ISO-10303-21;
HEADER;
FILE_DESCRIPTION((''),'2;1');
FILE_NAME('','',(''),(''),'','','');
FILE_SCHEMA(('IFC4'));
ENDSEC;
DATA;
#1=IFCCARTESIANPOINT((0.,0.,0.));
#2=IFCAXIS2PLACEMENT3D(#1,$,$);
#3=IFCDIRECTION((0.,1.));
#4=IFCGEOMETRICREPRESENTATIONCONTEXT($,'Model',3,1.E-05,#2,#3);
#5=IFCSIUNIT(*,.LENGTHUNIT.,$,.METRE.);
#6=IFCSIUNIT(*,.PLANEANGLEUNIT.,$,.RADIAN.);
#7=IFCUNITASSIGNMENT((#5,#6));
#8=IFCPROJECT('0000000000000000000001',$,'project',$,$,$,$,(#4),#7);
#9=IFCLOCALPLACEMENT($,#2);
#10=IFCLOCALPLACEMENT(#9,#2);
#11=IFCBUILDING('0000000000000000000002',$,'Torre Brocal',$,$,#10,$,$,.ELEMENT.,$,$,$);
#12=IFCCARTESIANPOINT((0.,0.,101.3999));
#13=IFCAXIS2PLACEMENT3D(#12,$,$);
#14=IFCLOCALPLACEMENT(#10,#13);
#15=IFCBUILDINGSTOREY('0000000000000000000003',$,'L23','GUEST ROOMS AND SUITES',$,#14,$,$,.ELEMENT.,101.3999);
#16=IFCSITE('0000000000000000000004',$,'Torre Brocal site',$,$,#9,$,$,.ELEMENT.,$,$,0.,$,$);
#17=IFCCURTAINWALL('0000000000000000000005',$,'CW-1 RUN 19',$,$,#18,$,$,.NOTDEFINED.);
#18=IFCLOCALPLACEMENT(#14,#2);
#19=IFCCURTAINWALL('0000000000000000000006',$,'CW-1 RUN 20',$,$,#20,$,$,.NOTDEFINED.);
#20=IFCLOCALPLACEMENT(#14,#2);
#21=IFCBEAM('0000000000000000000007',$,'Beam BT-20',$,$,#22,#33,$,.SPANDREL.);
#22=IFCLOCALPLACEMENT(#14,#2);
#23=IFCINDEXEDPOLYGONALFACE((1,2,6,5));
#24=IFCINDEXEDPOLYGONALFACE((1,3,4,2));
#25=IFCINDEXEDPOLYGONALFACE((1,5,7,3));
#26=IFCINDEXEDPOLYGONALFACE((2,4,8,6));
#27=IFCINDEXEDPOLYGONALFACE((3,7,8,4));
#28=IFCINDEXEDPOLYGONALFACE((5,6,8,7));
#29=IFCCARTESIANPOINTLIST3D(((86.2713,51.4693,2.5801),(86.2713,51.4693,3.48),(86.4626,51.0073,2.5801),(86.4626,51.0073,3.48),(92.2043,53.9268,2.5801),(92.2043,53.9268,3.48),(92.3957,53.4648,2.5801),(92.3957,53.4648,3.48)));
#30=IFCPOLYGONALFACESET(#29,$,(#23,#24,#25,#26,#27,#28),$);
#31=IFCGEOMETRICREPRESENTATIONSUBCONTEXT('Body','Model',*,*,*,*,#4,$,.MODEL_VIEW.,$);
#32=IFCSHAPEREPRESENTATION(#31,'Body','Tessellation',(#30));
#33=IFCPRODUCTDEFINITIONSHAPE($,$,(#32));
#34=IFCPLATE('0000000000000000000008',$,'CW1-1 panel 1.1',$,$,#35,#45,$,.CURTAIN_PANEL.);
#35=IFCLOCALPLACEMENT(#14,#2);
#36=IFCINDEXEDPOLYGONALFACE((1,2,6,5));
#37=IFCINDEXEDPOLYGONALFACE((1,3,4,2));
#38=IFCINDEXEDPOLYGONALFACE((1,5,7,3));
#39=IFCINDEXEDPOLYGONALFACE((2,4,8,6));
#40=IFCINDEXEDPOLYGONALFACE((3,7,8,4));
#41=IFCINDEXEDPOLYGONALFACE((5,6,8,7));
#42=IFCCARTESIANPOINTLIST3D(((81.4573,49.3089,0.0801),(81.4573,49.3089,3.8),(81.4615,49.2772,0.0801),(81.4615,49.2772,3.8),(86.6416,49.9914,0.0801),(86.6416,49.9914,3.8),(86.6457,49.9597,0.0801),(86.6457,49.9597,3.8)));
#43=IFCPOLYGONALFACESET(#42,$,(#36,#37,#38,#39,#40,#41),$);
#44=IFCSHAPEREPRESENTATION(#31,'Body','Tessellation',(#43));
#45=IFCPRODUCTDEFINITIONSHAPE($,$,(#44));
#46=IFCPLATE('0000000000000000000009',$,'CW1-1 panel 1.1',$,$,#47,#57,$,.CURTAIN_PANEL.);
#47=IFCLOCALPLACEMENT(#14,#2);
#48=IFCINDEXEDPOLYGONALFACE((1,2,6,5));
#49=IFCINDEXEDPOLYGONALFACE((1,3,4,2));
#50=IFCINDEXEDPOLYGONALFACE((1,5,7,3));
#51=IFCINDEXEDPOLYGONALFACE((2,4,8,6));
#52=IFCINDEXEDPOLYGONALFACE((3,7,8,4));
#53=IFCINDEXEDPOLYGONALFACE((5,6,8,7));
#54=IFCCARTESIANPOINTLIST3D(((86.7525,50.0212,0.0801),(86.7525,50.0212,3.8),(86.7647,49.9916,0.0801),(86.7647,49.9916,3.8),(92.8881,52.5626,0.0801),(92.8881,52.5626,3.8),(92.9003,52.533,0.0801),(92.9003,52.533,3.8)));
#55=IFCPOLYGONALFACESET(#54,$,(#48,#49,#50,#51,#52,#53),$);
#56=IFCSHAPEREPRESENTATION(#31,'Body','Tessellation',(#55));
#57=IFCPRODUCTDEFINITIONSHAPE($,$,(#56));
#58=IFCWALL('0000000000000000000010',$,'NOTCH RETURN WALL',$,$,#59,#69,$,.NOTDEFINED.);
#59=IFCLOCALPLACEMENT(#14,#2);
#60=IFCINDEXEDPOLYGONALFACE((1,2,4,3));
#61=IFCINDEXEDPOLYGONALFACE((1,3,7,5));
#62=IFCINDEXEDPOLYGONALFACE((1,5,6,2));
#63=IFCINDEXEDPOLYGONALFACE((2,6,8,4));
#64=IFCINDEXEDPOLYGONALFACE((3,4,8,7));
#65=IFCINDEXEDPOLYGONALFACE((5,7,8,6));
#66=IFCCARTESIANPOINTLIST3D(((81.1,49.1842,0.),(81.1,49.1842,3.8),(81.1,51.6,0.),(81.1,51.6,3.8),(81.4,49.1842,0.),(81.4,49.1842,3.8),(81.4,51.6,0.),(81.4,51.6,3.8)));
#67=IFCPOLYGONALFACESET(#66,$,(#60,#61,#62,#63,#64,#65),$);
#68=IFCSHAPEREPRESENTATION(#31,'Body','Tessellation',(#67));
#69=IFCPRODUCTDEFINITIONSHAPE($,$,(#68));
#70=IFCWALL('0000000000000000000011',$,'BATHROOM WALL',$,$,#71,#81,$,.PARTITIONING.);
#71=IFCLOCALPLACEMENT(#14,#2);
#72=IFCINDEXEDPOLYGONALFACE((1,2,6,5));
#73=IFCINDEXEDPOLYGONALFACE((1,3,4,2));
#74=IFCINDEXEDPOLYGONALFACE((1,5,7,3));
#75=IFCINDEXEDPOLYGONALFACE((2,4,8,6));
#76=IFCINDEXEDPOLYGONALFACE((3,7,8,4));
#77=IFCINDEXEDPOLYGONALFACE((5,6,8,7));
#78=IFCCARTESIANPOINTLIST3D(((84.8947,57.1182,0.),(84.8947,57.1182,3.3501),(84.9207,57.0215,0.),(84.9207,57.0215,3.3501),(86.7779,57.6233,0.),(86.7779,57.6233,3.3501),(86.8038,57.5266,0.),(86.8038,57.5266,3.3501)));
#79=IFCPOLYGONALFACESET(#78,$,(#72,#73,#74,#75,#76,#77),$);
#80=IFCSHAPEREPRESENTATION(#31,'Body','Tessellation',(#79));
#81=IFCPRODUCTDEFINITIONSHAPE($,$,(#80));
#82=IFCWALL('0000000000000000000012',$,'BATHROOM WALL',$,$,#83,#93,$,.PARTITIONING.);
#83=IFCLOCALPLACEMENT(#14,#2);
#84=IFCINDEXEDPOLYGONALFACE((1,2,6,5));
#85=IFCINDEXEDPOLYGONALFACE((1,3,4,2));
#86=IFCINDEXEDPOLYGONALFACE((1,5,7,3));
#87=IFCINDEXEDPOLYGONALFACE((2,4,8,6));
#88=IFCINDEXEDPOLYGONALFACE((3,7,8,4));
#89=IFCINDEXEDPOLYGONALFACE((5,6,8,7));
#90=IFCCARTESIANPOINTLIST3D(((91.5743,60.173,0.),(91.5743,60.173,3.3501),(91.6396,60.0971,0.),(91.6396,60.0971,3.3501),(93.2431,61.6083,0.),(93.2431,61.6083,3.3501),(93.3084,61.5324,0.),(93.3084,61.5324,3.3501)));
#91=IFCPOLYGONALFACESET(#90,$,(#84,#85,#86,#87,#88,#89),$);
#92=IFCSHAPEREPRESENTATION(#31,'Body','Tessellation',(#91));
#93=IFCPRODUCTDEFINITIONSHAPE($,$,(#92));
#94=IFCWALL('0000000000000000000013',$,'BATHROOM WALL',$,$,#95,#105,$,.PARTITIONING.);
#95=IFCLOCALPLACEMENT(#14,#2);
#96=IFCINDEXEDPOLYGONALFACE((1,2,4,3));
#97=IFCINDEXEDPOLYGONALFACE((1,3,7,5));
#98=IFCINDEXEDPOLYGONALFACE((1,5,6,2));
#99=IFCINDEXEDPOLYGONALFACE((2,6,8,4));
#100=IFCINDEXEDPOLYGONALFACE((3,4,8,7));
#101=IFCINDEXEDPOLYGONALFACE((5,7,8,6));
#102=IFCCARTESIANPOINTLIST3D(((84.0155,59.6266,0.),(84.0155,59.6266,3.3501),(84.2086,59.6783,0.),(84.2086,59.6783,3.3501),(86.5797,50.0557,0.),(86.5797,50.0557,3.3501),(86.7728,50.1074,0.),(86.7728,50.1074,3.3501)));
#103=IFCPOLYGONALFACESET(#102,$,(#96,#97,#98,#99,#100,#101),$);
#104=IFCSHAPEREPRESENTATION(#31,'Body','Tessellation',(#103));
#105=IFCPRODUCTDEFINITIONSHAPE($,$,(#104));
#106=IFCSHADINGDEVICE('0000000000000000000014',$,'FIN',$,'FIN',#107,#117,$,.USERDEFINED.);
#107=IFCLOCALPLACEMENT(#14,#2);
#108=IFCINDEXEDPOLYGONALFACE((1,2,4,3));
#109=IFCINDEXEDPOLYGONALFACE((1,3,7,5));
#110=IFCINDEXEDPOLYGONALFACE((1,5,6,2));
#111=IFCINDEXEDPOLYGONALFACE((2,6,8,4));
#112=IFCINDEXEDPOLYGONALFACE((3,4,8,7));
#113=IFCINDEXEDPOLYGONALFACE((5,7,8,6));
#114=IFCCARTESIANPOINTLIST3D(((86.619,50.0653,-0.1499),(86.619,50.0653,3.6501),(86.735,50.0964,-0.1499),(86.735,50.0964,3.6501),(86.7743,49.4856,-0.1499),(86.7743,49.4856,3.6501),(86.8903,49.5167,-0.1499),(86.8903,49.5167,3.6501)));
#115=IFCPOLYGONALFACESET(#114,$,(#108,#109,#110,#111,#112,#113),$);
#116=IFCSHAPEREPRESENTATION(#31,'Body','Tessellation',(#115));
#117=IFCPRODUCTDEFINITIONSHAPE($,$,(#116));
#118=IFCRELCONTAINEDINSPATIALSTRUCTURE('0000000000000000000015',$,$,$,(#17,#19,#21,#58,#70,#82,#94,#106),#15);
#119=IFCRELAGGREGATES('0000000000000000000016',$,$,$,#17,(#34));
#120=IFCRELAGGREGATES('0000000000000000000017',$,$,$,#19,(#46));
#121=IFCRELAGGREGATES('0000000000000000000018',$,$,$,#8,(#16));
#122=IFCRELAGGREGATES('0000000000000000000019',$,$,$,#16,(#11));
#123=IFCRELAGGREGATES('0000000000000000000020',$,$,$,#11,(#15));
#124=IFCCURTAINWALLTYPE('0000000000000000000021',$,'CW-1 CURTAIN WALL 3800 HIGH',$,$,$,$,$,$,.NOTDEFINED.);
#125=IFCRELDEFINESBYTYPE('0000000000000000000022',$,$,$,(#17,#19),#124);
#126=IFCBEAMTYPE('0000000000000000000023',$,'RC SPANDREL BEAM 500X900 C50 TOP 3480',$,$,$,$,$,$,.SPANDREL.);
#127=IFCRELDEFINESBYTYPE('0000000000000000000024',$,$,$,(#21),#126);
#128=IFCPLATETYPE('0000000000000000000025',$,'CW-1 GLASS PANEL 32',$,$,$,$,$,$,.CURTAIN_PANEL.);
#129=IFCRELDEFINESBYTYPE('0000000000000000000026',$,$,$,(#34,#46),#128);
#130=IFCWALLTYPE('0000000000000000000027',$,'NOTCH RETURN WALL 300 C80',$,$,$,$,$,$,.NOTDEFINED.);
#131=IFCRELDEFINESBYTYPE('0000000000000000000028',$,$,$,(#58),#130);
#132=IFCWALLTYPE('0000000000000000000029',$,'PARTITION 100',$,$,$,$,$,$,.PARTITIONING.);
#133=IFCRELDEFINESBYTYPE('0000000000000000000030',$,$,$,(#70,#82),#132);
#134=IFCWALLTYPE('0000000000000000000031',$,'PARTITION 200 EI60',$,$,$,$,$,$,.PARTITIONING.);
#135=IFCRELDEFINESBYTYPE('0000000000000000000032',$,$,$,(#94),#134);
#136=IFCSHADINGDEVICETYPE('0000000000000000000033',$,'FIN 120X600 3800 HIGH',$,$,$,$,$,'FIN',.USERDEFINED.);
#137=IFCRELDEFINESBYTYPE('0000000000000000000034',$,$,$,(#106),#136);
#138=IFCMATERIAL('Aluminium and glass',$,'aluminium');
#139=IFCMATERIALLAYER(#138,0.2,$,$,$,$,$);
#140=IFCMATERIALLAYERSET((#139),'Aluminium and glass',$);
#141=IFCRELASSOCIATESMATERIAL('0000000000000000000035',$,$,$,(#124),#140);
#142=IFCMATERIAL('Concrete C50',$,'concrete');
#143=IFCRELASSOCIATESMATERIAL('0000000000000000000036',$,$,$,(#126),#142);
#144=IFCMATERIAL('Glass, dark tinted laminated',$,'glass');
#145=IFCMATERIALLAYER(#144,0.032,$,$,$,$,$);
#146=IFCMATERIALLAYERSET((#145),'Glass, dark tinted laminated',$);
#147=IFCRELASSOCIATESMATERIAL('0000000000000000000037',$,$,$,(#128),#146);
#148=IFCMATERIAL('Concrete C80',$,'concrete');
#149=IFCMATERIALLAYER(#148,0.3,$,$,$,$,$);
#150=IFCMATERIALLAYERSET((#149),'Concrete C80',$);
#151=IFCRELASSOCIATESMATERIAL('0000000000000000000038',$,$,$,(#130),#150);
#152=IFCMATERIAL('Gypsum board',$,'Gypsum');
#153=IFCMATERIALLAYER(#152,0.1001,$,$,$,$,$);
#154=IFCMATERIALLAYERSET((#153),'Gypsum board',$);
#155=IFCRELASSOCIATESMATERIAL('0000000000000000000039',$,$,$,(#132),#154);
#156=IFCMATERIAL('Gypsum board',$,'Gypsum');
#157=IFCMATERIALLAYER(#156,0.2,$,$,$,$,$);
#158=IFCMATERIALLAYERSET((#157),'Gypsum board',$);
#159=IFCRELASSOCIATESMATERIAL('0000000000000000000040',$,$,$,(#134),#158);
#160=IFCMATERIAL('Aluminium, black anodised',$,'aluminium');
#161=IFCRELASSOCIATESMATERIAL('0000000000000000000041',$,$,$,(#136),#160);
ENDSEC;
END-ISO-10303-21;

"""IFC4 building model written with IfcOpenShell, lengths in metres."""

from ifc_helpers import new_model, si_unit, direction, frame, frame_2d, origin, origin_2d, place, context, subcontext, project, spatial, rectangle, extrude, material, layer, layer_set, material_profile, profile_set, type_object, element, aggregate, save


model = new_model("IFC4")

# Units and contexts
model_context = context("Model", 3, precision=1e-05, world=origin(), true_north=direction((0.0, 1.0)))
body_context = subcontext(model_context, "Body", "Model", "MODEL_VIEW")
ifc_project = project(units=[si_unit("LENGTHUNIT", "METRE"), si_unit("PLANEANGLEUNIT", "RADIAN")], contexts=[model_context])

# Site, building, storey
site_placement = place(None, origin())
site = spatial("IfcSite", under=ifc_project, at=site_placement, Name="Torre Brocal site", CompositionType="ELEMENT", RefElevation=0.0)
building_placement = place(site_placement, origin())
building = spatial("IfcBuilding", under=site, at=building_placement, Name="Torre Brocal", CompositionType="ELEMENT")
storey_placement = place(building_placement, frame((0.0, 0.0, 101.3999)))
storey = spatial("IfcBuildingStorey", under=building, at=storey_placement, Name="L23", Description="GUEST ROOMS AND SUITES", CompositionType="ELEMENT", Elevation=101.3999)

# Curtain wall
ifc_material_1 = material(Name="Aluminium and glass", Category="aluminium")
ifc_layer_1 = layer(ifc_material_1, 0.2)
ifc_layer_set_1 = layer_set([ifc_layer_1], Name="Aluminium and glass")
curtain_wall_type = type_object("IfcCurtainWallType", Name="CW-1 CURTAIN WALL 3800 HIGH", PredefinedType="NOTDEFINED", material=ifc_layer_set_1)
curtain_wall_1_placement = place(storey_placement, origin())
curtain_wall_1 = element("IfcCurtainWall", 1, at=curtain_wall_1_placement, inside=storey, type_object=curtain_wall_type, Name="CW-1 RUN 19", PredefinedType="NOTDEFINED")

# Curtain wall
curtain_wall_2_placement = place(storey_placement, origin())
curtain_wall_2 = element("IfcCurtainWall", 2, at=curtain_wall_2_placement, inside=storey, type_object=curtain_wall_type, Name="CW-1 RUN 20", PredefinedType="NOTDEFINED")

# Beam
ifc_material_2 = material(Name="Concrete C50", Category="concrete")
ifc_material_profile_1 = material_profile(ifc_material_2, rectangle(XDim=0.5, YDim=0.8999, at=origin_2d()), Name="RC 500X900")
ifc_profile_set_1 = profile_set([ifc_material_profile_1], Name="Concrete C50")
beam_type_1 = type_object("IfcBeamType", Name="RC SPANDREL BEAM 500X900 C50 TOP 3480", PredefinedType="SPANDREL", material=ifc_profile_set_1)
beam_1_placement = place(storey_placement, frame((86.3669, 51.2383, 3.03), z_axis=(0.923882, 0.382676, 0.0), x_axis=(-0.382676, 0.923882, 0.0)))
element("IfcBeam", 3, at=beam_1_placement, inside=storey, type_object=beam_type_1, Name="Beam BT-20", PredefinedType="SPANDREL", context=body_context, shape_type="SweptSolid", body=[
    extrude(rectangle(XDim=0.5, YDim=0.8999, at=origin_2d()), origin(), (0.0, 0.0, 1.0), 6.4219),
])

# Plates
ifc_material_3 = material(Name="Glass, dark tinted laminated", Category="glass")
ifc_layer_2 = layer(ifc_material_3, 0.032)
ifc_layer_set_2 = layer_set([ifc_layer_2], Name="Glass, dark tinted laminated")
plate_type = type_object("IfcPlateType", Name="CW-1 GLASS PANEL 32", PredefinedType="CURTAIN_PANEL", material=ifc_layer_set_2)
plate_1_placement = place(storey_placement, frame((84.0515, 49.6343, 0.0801), z_axis=(0.0, 0.0, 1.0), x_axis=(0.991445, 0.130526, 0.0)))
plate_1 = element("IfcPlate", 4, at=plate_1_placement, type_object=plate_type, Name="CW1-1 panel 1.1", PredefinedType="CURTAIN_PANEL", context=body_context, shape_type="SweptSolid", body=[
    extrude(rectangle(XDim=5.229, YDim=0.032, at=origin_2d()), origin(), (0.0, 0.0, 1.0), 3.72),
])
aggregate(curtain_wall_1, [plate_1])
plate_2_placement = place(storey_placement, frame((89.8264, 51.2771, 0.0801), z_axis=(0.0, 0.0, 1.0), x_axis=(0.92388, 0.382683, 0.0)))
plate_2 = element("IfcPlate", 5, at=plate_2_placement, type_object=plate_type, Name="CW1-1 panel 1.1", PredefinedType="CURTAIN_PANEL", context=body_context, shape_type="SweptSolid", body=[
    extrude(rectangle(XDim=6.6411, YDim=0.032, at=origin_2d()), origin(), (0.0, 0.0, 1.0), 3.72),
])
aggregate(curtain_wall_2, [plate_2])

# Walls
ifc_material_4 = material(Name="Concrete C80", Category="concrete")
ifc_layer_3 = layer(ifc_material_4, 0.3)
ifc_layer_set_3 = layer_set([ifc_layer_3], Name="Concrete C80")
wall_type_1 = type_object("IfcWallType", Name="NOTCH RETURN WALL 300 C80", PredefinedType="NOTDEFINED", material=ifc_layer_set_3)
wall_1_placement = place(storey_placement, frame((81.25, 51.6001, 0.0), z_axis=(0.0, 0.0, 1.0), x_axis=(0.0, -1.0, 0.0)))
element("IfcWall", 6, at=wall_1_placement, inside=storey, type_object=wall_type_1, Name="NOTCH RETURN WALL", PredefinedType="NOTDEFINED", context=body_context, shape_type="SweptSolid", body=[
    extrude(rectangle(XDim=2.4158, YDim=0.3, at=frame_2d((1.208, 0.0))), origin(), (0.0, 0.0, 1.0), 3.8),
])
ifc_material_5 = material(Name="Gypsum board", Category="Gypsum")
ifc_layer_4 = layer(ifc_material_5, 0.1001)
ifc_layer_set_4 = layer_set([ifc_layer_4], Name="Gypsum board")
wall_type_2 = type_object("IfcWallType", Name="PARTITION 100", PredefinedType="PARTITIONING", material=ifc_layer_set_4)
wall_2_placement = place(storey_placement, frame((84.9077, 57.0698, 0.0), z_axis=(0.0, 0.0, 1.0), x_axis=(0.965854, 0.259089, 0.0)))
element("IfcWall", 7, at=wall_2_placement, inside=storey, type_object=wall_type_2, Name="BATHROOM WALL", PredefinedType="PARTITIONING", context=body_context, shape_type="SweptSolid", body=[
    extrude(rectangle(XDim=1.9497, YDim=0.1001, at=frame_2d((0.9749, 0.0))), origin(), (0.0, 0.0, 1.0), 3.3501),
])
wall_3_placement = place(storey_placement, frame((91.6069, 60.135, 0.0), z_axis=(0.0, 0.0, 1.0), x_axis=(0.758136, 0.652097, 0.0)))
element("IfcWall", 8, at=wall_3_placement, inside=storey, type_object=wall_type_2, Name="BATHROOM WALL", PredefinedType="PARTITIONING", context=body_context, shape_type="SweptSolid", body=[
    extrude(rectangle(XDim=2.2012, YDim=0.1001, at=frame_2d((1.1006, 0.0))), origin(), (0.0, 0.0, 1.0), 3.3501),
])
ifc_material_6 = material(Name="Gypsum board", Category="Gypsum")
ifc_layer_5 = layer(ifc_material_6, 0.2)
ifc_layer_set_5 = layer_set([ifc_layer_5], Name="Gypsum board")
wall_type_3 = type_object("IfcWallType", Name="PARTITION 200 EI60", PredefinedType="PARTITIONING", material=ifc_layer_set_5)
wall_4_placement = place(storey_placement, frame((84.1121, 59.6523, 0.0), z_axis=(0.0, 0.0, 1.0), x_axis=(0.258793, -0.965933, 0.0)))
element("IfcWall", 9, at=wall_4_placement, inside=storey, type_object=wall_type_3, Name="BATHROOM WALL", PredefinedType="PARTITIONING", context=body_context, shape_type="SweptSolid", body=[
    extrude(rectangle(XDim=9.9084, YDim=0.2, at=frame_2d((4.9541, 0.0))), origin(), (0.0, 0.0, 1.0), 3.3501),
])

# Shading device
ifc_material_7 = material(Name="Aluminium, black anodised", Category="aluminium")
ifc_material_profile_2 = material_profile(ifc_material_7, rectangle(XDim=0.1201, YDim=0.6001, at=origin_2d()), Name="FIN 120X600 3800 HIGH")
ifc_profile_set_2 = profile_set([ifc_material_profile_2], Name="Aluminium, black anodised")
shading_device_type = type_object("IfcShadingDeviceType", Name="FIN 120X600 3800 HIGH", ElementType="FIN", PredefinedType="USERDEFINED", material=ifc_profile_set_2)
shading_device_placement = place(storey_placement, frame((86.7546, 49.791, -0.1499), z_axis=(0.0, 0.0, 1.0), x_axis=(0.965926, 0.258819, 0.0)))
element("IfcShadingDevice", 10, at=shading_device_placement, inside=storey, type_object=shading_device_type, Name="FIN", ObjectType="FIN", PredefinedType="USERDEFINED", context=body_context, shape_type="SweptSolid", body=[
    extrude(rectangle(XDim=0.1201, YDim=0.6001, at=origin_2d()), origin(), (0.0, 0.0, 1.0), 3.8),
])

save(model, "model.ifc")
